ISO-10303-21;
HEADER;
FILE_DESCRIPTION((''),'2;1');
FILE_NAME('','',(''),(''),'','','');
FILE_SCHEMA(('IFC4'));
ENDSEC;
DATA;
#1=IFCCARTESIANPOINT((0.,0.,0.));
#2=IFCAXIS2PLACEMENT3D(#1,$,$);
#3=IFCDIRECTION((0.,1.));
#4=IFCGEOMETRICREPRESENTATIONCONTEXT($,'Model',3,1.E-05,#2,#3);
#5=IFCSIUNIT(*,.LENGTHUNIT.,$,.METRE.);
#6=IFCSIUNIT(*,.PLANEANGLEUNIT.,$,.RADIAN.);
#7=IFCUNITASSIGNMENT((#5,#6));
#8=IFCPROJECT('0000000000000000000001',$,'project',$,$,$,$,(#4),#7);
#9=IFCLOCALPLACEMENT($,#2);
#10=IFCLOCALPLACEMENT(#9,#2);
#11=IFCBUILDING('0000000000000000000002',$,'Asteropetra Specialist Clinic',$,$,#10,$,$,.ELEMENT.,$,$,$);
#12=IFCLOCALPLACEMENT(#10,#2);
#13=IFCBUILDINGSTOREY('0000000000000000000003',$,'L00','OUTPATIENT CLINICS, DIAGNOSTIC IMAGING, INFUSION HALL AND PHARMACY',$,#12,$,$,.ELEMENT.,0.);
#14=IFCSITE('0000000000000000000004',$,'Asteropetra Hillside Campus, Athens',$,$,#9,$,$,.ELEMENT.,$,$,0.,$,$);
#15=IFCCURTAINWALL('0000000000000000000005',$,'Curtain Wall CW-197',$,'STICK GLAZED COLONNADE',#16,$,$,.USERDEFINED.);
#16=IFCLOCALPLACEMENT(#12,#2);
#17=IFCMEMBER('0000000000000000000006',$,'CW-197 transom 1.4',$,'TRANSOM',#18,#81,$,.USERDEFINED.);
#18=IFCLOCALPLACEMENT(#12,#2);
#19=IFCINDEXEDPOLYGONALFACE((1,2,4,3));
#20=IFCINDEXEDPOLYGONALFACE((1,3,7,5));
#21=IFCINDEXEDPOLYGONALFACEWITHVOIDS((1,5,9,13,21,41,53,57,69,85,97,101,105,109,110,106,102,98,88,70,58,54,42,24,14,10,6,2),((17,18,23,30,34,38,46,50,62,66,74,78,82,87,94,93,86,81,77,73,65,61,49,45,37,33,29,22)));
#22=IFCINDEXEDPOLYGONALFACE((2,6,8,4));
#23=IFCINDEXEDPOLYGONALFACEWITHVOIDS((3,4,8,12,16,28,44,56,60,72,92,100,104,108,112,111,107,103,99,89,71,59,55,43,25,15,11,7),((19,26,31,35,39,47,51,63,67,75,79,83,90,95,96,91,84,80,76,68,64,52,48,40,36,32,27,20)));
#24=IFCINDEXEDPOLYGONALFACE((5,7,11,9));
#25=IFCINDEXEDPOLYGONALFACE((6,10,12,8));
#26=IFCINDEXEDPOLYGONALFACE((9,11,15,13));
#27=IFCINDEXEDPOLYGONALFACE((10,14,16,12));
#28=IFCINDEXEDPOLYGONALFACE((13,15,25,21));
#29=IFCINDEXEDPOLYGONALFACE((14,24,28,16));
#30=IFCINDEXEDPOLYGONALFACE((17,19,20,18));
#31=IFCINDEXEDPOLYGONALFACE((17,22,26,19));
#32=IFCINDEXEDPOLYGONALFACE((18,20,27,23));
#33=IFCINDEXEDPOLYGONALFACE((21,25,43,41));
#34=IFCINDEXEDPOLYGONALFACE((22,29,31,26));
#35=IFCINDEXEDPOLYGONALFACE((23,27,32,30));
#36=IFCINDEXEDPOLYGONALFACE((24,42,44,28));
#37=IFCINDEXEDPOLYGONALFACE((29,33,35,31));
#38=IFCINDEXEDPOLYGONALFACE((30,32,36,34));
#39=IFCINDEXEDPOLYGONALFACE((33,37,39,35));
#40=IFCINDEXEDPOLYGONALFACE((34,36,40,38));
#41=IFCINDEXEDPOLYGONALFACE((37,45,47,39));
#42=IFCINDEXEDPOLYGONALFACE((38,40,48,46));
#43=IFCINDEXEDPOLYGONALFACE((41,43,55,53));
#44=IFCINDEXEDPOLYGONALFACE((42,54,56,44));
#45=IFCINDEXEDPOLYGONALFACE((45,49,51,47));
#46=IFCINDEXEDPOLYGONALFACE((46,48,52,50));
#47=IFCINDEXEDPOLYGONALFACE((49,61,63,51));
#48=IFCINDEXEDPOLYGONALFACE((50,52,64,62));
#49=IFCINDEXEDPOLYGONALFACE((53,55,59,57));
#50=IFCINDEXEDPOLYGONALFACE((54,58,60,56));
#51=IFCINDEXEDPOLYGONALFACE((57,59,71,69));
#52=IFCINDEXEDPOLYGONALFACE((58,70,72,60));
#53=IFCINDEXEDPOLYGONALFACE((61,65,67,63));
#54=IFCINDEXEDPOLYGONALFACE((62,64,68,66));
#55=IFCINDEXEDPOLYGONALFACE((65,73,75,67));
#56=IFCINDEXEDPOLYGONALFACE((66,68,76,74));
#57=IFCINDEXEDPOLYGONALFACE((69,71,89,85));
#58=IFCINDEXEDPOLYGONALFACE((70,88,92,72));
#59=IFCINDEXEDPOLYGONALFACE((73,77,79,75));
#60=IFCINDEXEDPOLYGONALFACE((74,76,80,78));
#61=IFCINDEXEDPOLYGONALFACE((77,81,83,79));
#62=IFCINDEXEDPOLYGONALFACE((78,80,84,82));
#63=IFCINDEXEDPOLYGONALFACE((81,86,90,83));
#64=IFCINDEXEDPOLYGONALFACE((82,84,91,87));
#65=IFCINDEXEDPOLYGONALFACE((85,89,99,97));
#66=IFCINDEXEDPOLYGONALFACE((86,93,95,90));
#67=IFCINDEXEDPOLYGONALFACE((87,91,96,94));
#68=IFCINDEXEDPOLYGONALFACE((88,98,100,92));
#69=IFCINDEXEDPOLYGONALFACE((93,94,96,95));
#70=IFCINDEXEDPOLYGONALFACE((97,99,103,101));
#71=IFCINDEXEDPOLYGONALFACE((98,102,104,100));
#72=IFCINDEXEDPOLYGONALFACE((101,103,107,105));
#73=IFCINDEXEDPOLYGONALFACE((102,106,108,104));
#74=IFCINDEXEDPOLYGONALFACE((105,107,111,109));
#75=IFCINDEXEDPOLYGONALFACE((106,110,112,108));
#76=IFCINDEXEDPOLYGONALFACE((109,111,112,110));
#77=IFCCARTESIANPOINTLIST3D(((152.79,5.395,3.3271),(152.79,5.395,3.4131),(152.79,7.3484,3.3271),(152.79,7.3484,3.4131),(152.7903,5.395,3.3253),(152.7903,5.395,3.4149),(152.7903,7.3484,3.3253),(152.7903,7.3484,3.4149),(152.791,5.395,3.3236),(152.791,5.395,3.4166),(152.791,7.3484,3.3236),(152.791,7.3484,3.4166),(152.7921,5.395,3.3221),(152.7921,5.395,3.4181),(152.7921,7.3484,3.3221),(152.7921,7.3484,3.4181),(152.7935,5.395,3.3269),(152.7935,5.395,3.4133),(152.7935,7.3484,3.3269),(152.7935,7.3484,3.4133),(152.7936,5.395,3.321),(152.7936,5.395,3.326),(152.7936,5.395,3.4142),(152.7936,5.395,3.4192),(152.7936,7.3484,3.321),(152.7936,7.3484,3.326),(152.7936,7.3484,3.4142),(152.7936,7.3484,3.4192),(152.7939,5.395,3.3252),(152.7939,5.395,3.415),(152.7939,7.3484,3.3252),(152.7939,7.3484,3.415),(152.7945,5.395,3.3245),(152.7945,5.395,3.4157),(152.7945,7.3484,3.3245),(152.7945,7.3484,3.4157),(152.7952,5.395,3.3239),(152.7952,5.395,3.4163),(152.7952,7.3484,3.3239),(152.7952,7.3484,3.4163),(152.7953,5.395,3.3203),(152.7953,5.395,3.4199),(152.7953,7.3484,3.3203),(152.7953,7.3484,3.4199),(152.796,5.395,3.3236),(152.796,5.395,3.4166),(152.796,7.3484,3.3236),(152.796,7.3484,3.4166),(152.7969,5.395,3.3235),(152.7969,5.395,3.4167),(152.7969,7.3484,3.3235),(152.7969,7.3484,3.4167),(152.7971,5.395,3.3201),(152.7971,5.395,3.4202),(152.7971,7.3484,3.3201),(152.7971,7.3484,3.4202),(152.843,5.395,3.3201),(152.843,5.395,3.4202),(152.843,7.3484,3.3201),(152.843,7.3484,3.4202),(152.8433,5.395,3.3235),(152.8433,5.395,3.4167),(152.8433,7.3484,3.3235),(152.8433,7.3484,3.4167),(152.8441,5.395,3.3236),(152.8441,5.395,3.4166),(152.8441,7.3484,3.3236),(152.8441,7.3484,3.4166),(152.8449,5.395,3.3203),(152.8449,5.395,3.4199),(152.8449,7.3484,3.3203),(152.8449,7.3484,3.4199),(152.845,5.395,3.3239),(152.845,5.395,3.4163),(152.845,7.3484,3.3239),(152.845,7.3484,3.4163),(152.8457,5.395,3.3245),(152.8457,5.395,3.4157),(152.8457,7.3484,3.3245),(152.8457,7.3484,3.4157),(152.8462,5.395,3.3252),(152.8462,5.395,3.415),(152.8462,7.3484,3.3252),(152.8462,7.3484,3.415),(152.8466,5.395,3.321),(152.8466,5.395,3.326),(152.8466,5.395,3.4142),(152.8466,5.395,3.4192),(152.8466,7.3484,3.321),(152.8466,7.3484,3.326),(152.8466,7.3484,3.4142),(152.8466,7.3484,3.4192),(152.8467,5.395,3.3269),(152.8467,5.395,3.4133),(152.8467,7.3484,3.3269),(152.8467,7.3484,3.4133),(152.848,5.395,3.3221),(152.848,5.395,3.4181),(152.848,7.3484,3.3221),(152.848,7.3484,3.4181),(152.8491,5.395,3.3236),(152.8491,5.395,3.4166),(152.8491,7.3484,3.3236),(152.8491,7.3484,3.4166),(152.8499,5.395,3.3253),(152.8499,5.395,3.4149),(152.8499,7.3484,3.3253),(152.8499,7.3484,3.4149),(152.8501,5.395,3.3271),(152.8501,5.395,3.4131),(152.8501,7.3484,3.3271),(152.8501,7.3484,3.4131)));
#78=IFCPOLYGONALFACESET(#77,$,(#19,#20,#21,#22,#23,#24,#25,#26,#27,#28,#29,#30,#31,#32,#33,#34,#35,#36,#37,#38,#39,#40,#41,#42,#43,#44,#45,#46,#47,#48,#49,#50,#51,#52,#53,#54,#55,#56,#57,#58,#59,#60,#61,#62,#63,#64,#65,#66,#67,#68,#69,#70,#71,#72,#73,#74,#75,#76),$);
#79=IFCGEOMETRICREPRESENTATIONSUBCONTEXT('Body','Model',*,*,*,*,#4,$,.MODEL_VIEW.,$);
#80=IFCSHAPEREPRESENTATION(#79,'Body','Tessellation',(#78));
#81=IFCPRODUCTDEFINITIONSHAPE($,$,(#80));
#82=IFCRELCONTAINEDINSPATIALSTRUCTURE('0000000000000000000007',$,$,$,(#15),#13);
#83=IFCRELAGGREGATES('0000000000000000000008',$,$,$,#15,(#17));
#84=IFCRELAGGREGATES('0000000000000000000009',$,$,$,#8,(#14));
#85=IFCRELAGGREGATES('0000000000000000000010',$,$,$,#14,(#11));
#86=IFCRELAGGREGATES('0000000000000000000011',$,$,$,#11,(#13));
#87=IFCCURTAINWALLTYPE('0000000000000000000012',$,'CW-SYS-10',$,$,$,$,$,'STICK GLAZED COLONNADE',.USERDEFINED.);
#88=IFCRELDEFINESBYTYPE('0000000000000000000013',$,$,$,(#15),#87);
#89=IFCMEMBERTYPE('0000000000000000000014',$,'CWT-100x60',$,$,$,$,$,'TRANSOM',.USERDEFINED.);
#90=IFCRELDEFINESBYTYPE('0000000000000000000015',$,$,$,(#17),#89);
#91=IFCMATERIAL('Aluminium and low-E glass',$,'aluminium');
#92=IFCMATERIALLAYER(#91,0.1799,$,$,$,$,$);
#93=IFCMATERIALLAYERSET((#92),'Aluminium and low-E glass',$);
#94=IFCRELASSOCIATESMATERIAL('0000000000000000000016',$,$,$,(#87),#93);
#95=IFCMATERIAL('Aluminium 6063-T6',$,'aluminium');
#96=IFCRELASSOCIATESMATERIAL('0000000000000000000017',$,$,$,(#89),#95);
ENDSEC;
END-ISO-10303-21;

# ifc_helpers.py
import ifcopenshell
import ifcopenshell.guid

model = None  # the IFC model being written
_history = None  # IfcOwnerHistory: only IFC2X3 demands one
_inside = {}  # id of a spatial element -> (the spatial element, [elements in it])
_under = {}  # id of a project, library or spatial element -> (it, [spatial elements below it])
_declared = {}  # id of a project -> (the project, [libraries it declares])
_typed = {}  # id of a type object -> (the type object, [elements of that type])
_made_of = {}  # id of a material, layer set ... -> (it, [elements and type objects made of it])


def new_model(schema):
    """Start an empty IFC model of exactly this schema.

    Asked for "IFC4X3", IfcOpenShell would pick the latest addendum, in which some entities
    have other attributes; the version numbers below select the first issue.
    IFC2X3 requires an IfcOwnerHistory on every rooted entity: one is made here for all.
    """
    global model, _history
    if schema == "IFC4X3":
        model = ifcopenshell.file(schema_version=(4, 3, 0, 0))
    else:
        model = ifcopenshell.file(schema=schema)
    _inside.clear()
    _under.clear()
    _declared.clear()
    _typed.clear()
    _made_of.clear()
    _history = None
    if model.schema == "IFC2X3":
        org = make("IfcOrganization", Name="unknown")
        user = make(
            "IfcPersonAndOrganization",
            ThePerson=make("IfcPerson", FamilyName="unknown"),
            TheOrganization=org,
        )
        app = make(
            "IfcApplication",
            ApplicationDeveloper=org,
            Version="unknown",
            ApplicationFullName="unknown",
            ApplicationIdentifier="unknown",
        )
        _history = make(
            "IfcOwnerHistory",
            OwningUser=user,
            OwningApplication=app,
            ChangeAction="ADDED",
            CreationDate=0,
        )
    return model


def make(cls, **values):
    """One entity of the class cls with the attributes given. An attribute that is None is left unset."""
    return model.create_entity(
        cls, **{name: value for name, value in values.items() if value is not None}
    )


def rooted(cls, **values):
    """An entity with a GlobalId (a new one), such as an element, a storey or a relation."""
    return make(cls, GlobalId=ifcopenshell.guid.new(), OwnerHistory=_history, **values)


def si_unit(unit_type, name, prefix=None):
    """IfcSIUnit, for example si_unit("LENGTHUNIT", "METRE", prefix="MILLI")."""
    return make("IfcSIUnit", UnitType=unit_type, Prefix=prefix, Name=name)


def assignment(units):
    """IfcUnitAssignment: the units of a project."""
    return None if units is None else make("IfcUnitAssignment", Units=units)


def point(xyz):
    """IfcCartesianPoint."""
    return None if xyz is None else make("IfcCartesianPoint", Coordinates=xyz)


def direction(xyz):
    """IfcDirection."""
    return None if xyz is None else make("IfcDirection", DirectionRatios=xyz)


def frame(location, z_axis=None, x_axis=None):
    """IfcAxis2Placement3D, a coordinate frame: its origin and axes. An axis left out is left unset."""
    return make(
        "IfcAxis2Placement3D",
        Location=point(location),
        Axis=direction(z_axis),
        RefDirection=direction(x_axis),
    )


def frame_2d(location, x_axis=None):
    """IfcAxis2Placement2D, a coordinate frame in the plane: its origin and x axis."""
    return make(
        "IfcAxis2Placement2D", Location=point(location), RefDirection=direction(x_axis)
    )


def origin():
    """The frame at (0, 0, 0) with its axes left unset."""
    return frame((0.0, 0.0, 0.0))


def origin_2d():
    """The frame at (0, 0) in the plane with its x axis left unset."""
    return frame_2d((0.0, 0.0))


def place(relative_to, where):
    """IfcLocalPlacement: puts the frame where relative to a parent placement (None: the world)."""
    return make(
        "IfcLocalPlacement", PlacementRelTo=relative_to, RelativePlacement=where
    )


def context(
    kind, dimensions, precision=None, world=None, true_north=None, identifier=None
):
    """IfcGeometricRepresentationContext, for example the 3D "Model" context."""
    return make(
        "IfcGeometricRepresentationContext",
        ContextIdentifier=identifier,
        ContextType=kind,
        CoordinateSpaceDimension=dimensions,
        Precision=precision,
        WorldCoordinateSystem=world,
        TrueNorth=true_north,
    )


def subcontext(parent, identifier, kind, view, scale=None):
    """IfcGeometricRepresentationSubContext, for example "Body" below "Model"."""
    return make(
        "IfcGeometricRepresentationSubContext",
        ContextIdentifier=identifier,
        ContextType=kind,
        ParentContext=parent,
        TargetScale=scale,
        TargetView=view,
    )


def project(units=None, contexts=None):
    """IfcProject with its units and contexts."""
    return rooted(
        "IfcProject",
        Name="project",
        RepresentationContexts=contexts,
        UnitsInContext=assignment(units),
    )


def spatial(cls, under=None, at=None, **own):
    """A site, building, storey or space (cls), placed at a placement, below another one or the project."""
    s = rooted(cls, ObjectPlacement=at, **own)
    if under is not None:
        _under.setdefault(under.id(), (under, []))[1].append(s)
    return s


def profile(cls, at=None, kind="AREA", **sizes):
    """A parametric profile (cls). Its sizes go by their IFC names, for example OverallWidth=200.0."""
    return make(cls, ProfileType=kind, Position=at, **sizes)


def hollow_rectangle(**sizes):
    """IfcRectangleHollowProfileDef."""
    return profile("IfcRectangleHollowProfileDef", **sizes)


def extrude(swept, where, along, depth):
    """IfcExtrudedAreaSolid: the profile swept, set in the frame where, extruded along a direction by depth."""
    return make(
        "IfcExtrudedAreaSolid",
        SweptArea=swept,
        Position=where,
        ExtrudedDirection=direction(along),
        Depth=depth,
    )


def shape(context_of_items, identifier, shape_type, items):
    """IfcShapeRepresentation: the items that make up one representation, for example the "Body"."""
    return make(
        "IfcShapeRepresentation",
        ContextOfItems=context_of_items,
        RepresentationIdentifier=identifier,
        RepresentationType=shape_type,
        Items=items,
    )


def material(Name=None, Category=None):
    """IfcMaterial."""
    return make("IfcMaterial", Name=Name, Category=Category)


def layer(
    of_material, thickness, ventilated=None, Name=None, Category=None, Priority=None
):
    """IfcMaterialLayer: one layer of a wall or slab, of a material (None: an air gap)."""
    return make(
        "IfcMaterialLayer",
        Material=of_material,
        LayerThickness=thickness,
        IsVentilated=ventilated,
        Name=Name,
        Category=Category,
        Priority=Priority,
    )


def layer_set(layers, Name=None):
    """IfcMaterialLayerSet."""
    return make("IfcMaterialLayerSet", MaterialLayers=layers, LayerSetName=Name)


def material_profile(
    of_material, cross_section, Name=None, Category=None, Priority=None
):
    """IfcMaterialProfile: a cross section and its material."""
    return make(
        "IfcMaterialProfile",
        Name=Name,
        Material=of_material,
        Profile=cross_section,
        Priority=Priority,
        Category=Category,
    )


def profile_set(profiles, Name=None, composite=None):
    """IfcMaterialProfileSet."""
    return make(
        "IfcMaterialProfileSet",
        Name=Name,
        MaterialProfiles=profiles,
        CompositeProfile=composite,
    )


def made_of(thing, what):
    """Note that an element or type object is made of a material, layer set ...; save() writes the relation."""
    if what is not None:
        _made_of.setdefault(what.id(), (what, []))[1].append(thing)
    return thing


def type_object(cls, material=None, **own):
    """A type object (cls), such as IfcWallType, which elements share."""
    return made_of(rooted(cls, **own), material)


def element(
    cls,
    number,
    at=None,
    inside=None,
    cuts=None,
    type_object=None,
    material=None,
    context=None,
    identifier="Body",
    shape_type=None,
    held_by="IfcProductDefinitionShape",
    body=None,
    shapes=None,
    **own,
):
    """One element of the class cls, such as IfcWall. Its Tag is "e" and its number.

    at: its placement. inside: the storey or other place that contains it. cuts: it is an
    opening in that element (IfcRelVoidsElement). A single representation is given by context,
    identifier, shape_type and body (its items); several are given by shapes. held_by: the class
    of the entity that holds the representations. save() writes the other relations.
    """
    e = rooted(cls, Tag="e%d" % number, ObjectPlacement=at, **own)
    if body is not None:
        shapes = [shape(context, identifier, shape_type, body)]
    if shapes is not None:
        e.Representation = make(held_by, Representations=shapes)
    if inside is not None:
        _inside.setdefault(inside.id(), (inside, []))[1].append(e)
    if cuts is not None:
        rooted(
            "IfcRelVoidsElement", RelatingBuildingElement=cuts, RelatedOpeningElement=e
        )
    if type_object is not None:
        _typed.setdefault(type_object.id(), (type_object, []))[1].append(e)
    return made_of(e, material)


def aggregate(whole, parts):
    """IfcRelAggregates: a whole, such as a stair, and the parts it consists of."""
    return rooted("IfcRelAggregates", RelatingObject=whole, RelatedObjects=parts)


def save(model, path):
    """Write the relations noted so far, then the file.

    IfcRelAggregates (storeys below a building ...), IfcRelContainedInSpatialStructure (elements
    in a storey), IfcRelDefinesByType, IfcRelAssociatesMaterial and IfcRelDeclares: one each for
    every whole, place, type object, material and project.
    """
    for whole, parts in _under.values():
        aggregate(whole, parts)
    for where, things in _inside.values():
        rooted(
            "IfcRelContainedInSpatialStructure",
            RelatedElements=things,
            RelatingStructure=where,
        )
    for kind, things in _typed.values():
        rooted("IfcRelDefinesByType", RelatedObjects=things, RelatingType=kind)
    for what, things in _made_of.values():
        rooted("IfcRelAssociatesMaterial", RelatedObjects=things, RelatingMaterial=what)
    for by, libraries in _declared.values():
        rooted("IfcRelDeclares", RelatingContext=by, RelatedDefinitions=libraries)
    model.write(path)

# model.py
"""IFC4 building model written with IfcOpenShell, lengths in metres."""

from ifc_helpers import new_model, si_unit, direction, frame, origin, origin_2d, place, context, subcontext, project, spatial, hollow_rectangle, extrude, material, layer, layer_set, material_profile, profile_set, type_object, element, aggregate, save


model = new_model("IFC4")

# Units and contexts
model_context = context("Model", 3, precision=1e-05, world=origin(), true_north=direction((0.0, 1.0)))
body_context = subcontext(model_context, "Body", "Model", "MODEL_VIEW")
ifc_project = project(units=[si_unit("LENGTHUNIT", "METRE"), si_unit("PLANEANGLEUNIT", "RADIAN")], contexts=[model_context])

# Site, building, storey
site_placement = place(None, origin())
site = spatial("IfcSite", under=ifc_project, at=site_placement, Name="Asteropetra Hillside Campus, Athens", CompositionType="ELEMENT", RefElevation=0.0)
building_placement = place(site_placement, origin())
building = spatial("IfcBuilding", under=site, at=building_placement, Name="Asteropetra Specialist Clinic", CompositionType="ELEMENT")
storey_placement = place(building_placement, origin())
storey = spatial("IfcBuildingStorey", under=building, at=storey_placement, Name="L00", Description="OUTPATIENT CLINICS, DIAGNOSTIC IMAGING, INFUSION HALL AND PHARMACY", CompositionType="ELEMENT", Elevation=0.0)

# Curtain wall, member
ifc_material_1 = material(Name="Aluminium and low-E glass", Category="aluminium")
ifc_layer = layer(ifc_material_1, 0.1799)
ifc_layer_set = layer_set([ifc_layer], Name="Aluminium and low-E glass")
curtain_wall_type = type_object("IfcCurtainWallType", Name="CW-SYS-10", ElementType="STICK GLAZED COLONNADE", PredefinedType="USERDEFINED", material=ifc_layer_set)
curtain_wall_placement = place(storey_placement, origin())
curtain_wall = element("IfcCurtainWall", 1, at=curtain_wall_placement, inside=storey, type_object=curtain_wall_type, Name="Curtain Wall CW-197", ObjectType="STICK GLAZED COLONNADE", PredefinedType="USERDEFINED")
ifc_material_2 = material(Name="Aluminium 6063-T6", Category="aluminium")
ifc_material_profile_1 = material_profile(ifc_material_2, hollow_rectangle(XDim=0.0601, YDim=0.1001, WallThickness=0.0034, InnerFilletRadius=0.0034, OuterFilletRadius=0.0071, at=origin_2d()), Name="TRN 100x60x3.5")
ifc_profile_set_1 = profile_set([ifc_material_profile_1], Name="Aluminium 6063-T6")
member_type_1 = type_object("IfcMemberType", Name="CWT-100x60", ElementType="TRANSOM", PredefinedType="USERDEFINED", material=ifc_profile_set_1)
member_1_placement = place(storey_placement, frame((152.8201, 5.395, 3.3701), z_axis=(0.0, 1.0, 0.0), x_axis=(-1.0, 0.0, 0.0)))
member_1 = element("IfcMember", 2, at=member_1_placement, type_object=member_type_1, Name="CW-197 transom 1.4", ObjectType="TRANSOM", PredefinedType="USERDEFINED", context=body_context, shape_type="SweptSolid", body=[
    extrude(hollow_rectangle(XDim=0.0601, YDim=0.1001, WallThickness=0.0034, InnerFilletRadius=0.0034, OuterFilletRadius=0.0071, at=origin_2d()), origin(), (0.0, 0.0, 1.0), 1.9534),
])
aggregate(curtain_wall, [member_1])

save(model, "model.ifc")
